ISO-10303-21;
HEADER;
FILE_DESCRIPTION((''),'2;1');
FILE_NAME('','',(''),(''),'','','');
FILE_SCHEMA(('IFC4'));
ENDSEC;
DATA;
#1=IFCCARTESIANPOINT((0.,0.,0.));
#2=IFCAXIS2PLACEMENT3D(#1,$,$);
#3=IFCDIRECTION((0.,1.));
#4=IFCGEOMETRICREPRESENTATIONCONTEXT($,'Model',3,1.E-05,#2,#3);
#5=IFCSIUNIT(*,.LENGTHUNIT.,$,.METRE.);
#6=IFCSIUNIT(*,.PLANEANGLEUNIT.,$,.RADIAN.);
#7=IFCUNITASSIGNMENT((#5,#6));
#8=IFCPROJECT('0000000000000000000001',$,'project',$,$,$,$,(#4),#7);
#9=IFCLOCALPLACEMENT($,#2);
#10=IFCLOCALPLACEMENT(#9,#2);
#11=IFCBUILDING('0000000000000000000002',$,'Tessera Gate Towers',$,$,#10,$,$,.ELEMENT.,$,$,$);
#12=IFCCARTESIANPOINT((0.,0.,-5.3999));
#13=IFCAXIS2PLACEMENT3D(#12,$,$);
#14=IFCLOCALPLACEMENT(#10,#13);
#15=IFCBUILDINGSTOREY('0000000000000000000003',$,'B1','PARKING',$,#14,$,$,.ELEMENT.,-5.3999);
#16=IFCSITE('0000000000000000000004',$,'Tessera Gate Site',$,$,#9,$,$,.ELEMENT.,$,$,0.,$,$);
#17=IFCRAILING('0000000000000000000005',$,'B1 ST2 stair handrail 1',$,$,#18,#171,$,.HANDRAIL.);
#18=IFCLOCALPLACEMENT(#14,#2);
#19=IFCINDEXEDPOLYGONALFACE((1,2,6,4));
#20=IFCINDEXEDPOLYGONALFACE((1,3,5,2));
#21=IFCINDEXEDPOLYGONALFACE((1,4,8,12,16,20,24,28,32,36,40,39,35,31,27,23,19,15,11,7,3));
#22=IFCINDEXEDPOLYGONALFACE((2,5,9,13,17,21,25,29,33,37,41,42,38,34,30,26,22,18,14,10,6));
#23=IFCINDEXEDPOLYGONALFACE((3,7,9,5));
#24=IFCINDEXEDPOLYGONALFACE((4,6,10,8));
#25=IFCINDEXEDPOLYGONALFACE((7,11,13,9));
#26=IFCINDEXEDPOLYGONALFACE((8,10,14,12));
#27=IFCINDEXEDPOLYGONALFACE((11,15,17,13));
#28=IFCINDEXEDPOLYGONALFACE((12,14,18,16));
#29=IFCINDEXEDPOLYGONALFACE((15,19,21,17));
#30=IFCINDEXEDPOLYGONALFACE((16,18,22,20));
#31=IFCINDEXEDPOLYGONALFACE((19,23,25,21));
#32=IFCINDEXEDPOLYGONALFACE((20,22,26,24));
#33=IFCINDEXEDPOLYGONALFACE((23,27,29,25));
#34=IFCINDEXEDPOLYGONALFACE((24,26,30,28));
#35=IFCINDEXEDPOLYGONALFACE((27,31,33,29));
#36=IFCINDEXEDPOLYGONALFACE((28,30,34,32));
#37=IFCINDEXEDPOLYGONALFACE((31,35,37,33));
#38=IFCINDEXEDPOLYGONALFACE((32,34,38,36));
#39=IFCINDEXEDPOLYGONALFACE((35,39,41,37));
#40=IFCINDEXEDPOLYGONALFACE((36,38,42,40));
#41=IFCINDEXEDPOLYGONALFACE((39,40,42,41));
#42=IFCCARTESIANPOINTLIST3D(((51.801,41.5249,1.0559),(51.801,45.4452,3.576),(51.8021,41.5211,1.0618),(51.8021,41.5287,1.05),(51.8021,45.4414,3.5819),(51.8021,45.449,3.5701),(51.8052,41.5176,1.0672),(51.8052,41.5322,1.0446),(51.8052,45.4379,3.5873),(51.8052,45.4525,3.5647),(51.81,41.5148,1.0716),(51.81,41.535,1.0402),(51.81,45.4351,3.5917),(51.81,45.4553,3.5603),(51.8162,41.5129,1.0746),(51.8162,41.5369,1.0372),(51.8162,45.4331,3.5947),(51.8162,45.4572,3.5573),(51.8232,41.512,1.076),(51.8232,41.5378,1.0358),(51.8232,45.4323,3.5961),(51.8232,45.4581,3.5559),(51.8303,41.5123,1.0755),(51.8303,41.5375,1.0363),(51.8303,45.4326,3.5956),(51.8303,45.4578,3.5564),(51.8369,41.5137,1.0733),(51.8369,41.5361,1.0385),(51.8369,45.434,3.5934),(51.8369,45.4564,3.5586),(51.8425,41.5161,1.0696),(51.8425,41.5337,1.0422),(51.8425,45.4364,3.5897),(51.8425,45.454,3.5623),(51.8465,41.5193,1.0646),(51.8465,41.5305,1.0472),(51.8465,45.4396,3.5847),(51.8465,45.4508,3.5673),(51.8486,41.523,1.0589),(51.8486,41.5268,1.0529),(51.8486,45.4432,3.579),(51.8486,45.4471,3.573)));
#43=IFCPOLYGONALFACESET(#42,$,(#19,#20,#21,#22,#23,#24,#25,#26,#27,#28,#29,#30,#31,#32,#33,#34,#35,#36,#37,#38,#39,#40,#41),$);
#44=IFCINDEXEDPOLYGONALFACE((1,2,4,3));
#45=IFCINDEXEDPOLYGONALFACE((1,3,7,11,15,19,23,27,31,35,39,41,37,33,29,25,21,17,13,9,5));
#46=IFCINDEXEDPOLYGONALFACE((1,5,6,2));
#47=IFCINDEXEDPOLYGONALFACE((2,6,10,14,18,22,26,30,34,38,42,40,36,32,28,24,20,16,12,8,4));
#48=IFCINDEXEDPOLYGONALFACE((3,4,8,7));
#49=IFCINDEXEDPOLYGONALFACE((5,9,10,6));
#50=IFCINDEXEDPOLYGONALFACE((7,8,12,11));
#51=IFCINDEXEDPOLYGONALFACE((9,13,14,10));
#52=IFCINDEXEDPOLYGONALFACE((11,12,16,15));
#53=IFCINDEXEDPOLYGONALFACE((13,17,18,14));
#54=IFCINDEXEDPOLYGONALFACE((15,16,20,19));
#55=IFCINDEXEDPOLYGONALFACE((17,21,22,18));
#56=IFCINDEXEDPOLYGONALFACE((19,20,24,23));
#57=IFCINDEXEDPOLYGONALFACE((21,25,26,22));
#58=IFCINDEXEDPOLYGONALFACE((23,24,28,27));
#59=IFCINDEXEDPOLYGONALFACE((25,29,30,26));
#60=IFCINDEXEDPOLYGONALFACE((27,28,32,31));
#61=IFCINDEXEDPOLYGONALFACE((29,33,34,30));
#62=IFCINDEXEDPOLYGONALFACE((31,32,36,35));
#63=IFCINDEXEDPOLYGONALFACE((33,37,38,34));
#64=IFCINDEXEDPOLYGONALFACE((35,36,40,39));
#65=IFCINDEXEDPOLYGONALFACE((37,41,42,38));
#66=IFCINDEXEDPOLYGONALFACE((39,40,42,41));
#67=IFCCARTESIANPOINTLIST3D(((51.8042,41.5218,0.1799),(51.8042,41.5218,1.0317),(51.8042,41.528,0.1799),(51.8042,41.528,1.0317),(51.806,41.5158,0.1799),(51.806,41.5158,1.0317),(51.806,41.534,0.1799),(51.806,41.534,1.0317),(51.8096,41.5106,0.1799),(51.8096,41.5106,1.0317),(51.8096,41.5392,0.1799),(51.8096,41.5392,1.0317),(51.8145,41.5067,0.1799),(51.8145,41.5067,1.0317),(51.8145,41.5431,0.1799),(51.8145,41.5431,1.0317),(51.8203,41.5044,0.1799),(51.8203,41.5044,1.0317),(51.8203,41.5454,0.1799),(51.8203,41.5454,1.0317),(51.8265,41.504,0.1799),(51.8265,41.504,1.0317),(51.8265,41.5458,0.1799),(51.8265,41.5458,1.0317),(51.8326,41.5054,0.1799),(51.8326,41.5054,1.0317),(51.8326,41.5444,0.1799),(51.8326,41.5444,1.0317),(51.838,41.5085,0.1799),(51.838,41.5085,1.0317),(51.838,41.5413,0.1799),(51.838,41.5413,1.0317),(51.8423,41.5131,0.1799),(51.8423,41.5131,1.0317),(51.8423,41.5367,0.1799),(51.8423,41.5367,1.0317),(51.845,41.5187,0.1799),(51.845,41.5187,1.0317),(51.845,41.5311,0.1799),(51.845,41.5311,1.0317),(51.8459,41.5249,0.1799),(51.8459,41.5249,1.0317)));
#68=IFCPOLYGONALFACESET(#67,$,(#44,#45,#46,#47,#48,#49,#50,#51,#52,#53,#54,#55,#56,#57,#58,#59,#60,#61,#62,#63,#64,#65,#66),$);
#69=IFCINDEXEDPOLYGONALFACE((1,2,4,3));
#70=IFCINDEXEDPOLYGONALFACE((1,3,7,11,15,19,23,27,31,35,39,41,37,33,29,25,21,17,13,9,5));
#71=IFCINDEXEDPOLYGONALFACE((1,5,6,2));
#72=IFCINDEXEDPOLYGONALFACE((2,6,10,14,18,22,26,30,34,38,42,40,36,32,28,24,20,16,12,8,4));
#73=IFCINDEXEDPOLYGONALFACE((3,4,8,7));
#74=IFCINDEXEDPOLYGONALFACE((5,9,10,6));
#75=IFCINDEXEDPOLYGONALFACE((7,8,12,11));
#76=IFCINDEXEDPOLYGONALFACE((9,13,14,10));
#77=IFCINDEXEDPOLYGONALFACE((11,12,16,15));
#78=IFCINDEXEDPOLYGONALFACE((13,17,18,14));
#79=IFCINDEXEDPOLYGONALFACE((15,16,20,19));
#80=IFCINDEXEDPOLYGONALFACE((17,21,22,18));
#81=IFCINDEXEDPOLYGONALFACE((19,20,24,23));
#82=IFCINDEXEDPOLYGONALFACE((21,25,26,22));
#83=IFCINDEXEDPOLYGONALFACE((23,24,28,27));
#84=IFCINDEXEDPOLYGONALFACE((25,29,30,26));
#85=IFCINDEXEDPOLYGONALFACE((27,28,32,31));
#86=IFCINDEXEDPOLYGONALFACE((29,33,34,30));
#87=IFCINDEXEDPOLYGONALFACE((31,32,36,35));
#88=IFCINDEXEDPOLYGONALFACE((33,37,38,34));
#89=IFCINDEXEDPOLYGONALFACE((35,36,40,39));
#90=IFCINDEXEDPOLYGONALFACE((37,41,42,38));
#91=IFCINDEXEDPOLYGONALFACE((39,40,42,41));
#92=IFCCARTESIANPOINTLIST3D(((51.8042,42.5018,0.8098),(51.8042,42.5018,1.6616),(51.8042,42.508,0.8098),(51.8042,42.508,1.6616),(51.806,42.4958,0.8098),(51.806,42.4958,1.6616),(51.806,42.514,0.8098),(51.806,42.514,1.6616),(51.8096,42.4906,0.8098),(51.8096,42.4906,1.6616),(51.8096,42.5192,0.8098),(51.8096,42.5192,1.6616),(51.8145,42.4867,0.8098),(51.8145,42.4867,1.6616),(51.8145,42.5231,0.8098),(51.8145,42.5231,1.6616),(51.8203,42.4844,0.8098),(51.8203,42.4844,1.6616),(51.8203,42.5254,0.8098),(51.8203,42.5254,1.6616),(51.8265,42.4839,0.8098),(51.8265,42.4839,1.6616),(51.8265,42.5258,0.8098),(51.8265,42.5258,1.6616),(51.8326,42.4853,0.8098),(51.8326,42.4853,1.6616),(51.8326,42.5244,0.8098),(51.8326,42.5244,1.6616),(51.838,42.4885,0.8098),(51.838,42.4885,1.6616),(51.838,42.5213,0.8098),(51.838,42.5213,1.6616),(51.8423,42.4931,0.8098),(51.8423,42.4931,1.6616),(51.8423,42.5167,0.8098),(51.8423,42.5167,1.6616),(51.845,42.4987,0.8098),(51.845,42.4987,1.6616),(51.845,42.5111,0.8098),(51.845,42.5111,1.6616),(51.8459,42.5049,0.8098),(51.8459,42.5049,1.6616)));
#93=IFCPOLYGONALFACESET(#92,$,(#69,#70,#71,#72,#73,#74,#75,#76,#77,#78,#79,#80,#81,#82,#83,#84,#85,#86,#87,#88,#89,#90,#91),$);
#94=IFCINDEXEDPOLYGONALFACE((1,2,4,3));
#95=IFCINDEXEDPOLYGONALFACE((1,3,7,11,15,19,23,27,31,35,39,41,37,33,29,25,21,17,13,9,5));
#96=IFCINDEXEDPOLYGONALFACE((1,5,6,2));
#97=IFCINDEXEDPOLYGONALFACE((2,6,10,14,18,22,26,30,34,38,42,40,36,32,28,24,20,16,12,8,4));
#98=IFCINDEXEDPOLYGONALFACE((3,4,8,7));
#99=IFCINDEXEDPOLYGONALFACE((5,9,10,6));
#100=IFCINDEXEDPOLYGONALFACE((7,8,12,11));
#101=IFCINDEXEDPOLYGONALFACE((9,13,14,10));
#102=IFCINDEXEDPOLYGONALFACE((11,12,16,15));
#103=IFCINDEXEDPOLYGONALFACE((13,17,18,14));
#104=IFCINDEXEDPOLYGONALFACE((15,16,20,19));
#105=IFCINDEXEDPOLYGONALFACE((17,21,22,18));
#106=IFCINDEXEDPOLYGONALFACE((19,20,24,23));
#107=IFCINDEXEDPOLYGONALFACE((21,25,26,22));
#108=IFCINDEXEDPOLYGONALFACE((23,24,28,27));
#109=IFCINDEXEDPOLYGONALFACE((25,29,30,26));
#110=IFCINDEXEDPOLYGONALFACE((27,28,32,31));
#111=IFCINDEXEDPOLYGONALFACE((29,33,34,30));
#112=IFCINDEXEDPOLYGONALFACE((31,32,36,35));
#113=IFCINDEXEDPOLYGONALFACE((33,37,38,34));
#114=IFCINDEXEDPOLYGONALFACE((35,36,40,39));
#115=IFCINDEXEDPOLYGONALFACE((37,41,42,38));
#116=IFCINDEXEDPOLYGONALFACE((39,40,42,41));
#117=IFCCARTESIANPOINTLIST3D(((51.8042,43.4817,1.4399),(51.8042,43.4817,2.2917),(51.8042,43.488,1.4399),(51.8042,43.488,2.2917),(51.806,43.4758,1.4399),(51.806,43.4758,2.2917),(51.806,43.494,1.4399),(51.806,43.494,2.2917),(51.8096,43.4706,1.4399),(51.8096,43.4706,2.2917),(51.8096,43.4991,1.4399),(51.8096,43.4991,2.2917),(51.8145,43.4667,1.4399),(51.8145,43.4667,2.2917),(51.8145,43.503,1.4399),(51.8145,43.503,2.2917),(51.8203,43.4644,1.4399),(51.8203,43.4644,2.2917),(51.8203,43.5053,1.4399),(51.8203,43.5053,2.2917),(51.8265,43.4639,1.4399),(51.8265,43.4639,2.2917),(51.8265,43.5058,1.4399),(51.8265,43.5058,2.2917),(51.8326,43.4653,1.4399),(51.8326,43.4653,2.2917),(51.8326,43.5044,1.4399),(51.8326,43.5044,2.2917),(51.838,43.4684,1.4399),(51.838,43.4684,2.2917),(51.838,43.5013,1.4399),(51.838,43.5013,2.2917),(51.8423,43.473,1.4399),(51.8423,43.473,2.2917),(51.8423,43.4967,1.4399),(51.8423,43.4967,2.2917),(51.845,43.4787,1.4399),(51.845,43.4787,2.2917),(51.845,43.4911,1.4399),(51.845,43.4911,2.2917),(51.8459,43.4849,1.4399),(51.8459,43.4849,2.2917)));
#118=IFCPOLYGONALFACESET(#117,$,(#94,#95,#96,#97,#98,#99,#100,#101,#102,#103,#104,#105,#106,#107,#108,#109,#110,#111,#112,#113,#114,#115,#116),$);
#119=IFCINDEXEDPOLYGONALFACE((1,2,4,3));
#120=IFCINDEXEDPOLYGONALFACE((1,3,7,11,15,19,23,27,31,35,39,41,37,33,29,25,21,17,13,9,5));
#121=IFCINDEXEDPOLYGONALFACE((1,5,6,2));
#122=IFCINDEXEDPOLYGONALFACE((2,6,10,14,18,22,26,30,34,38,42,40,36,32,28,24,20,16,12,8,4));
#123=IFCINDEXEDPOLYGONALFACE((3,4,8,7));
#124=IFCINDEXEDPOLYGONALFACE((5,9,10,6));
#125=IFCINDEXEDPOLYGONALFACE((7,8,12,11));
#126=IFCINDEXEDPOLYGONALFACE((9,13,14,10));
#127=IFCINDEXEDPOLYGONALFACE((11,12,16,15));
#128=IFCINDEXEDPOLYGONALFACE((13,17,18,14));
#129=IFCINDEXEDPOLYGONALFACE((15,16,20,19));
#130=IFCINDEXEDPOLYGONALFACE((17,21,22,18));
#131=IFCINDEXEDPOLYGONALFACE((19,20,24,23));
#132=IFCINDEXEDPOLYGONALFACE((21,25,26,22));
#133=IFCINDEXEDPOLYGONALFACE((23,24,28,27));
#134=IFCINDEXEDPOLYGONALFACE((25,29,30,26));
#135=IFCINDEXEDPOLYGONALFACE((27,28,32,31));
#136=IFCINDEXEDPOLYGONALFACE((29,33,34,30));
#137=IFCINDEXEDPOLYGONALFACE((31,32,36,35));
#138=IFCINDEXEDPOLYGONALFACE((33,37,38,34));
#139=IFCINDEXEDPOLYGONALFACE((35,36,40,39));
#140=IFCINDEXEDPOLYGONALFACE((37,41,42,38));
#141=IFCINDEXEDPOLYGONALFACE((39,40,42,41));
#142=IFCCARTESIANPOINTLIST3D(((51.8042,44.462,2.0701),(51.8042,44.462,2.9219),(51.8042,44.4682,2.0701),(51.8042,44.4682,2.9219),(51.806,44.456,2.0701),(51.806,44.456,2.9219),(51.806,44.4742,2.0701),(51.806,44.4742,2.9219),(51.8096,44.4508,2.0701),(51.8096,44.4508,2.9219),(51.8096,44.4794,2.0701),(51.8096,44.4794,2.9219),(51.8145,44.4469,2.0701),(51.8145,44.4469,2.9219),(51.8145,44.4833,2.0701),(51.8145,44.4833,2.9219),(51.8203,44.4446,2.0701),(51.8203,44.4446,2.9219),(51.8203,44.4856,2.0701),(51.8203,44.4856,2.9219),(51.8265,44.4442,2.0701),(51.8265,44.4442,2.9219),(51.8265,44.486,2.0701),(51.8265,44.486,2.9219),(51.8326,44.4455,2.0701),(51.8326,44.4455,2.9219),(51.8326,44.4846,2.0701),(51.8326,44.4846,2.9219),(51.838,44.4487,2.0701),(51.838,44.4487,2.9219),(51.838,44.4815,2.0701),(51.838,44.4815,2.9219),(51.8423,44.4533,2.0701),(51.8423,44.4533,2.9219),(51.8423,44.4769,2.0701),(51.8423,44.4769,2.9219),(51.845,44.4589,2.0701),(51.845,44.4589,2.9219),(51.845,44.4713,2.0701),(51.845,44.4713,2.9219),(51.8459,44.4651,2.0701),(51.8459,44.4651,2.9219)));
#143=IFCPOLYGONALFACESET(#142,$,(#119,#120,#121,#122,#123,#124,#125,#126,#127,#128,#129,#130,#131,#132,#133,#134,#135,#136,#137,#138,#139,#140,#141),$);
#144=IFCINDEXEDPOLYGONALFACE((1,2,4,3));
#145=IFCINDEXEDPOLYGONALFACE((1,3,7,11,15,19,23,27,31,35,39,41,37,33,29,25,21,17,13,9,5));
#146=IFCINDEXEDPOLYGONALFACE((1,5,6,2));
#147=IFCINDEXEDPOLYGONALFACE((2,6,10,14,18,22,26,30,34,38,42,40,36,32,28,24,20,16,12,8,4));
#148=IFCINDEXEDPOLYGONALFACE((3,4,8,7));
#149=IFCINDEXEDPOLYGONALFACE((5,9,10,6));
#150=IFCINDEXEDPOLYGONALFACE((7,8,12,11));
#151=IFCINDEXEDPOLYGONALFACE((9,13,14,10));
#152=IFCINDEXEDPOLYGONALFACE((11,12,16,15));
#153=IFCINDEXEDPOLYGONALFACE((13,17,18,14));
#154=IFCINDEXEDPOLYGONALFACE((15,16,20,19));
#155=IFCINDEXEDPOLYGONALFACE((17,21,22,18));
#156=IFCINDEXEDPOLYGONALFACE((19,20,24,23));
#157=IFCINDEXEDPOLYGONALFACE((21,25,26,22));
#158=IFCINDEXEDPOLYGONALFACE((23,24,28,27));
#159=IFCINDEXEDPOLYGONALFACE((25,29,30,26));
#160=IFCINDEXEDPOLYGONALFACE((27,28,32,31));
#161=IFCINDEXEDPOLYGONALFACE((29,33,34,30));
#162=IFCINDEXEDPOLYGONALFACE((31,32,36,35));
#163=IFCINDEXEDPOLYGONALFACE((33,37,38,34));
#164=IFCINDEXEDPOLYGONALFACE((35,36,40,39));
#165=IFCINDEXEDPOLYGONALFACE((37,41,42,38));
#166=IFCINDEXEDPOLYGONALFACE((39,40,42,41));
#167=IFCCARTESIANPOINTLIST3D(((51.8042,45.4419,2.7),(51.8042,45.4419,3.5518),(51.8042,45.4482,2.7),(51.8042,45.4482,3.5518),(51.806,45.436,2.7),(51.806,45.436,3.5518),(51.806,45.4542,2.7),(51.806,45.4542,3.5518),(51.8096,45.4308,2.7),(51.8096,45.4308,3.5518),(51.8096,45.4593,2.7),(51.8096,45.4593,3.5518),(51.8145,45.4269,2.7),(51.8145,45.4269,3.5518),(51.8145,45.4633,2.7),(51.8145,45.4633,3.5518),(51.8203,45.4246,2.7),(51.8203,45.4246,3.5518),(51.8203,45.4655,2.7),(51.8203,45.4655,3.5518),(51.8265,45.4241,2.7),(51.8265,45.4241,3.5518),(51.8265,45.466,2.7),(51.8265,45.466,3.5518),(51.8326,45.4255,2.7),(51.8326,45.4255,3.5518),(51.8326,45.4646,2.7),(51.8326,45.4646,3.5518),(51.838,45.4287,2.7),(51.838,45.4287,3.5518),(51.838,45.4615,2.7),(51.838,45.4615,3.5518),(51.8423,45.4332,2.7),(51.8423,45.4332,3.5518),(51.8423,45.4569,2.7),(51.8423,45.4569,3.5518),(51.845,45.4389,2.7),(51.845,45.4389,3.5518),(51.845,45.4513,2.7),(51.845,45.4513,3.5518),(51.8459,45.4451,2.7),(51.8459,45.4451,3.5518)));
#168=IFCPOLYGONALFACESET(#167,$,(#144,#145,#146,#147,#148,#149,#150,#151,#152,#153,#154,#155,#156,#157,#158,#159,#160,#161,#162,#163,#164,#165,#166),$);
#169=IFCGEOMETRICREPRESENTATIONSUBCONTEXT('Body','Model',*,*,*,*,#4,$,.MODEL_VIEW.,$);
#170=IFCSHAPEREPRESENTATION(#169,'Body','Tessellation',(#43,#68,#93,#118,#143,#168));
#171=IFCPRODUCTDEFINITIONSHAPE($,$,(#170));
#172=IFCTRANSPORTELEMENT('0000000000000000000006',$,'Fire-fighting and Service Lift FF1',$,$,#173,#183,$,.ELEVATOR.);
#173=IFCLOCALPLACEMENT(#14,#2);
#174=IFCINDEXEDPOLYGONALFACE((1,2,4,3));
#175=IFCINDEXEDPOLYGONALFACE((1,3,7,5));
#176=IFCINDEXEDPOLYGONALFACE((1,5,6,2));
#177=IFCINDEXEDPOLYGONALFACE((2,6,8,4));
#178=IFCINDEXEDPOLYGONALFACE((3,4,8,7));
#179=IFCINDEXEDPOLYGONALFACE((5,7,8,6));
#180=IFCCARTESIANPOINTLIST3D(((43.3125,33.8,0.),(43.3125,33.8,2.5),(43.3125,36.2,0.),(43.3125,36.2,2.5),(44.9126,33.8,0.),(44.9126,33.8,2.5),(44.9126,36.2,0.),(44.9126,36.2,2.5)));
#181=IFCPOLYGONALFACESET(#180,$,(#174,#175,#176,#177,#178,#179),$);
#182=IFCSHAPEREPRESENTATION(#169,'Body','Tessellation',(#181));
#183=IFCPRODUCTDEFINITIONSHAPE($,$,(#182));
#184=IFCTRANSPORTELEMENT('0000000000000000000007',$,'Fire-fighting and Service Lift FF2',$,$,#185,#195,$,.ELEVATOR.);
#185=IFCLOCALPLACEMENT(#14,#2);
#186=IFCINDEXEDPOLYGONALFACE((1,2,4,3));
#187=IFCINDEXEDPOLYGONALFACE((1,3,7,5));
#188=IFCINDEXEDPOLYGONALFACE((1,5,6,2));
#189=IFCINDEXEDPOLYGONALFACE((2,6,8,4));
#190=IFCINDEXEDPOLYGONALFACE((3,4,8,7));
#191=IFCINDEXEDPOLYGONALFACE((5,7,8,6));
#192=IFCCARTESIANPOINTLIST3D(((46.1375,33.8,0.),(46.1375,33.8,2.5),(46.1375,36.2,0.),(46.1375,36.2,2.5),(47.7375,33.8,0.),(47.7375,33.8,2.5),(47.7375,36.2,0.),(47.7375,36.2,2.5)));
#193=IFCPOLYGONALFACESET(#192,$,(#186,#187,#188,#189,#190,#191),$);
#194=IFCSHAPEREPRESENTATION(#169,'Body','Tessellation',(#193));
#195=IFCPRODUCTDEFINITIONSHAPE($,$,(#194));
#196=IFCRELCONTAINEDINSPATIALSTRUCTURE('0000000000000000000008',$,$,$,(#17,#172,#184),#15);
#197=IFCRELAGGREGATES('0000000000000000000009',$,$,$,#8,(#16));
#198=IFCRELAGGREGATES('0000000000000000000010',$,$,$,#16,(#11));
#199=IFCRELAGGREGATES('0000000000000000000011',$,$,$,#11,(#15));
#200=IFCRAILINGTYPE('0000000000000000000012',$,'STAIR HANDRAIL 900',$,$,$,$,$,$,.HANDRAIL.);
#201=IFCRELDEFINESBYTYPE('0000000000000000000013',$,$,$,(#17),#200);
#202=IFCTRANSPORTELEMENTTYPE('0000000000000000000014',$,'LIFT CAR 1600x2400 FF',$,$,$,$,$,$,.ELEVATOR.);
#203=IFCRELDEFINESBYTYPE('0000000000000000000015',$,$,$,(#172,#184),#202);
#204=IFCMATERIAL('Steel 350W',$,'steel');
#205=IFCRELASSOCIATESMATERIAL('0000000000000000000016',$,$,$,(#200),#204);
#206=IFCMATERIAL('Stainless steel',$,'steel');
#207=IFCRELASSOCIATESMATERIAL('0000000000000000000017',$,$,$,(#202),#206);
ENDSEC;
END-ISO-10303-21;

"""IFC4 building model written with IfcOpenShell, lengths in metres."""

from ifc_helpers import new_model, si_unit, direction, frame, origin, origin_2d, place, context, subcontext, project, spatial, rectangle, circle, extrude, material, type_object, element, save


model = new_model("IFC4")

# Units and contexts
model_context = context("Model", 3, precision=1e-05, world=origin(), true_north=direction((0.0, 1.0)))
body_context = subcontext(model_context, "Body", "Model", "MODEL_VIEW")
ifc_project = project(units=[si_unit("LENGTHUNIT", "METRE"), si_unit("PLANEANGLEUNIT", "RADIAN")], contexts=[model_context])

# Site, building, storey
site_placement = place(None, origin())
site = spatial("IfcSite", under=ifc_project, at=site_placement, Name="Tessera Gate Site", CompositionType="ELEMENT", RefElevation=0.0)
building_placement = place(site_placement, origin())
building = spatial("IfcBuilding", under=site, at=building_placement, Name="Tessera Gate Towers", CompositionType="ELEMENT")
storey_placement = place(building_placement, frame((0.0, 0.0, -5.3999)))
storey = spatial("IfcBuildingStorey", under=building, at=storey_placement, Name="B1", Description="PARKING", CompositionType="ELEMENT", Elevation=-5.3999)

# Railing
ifc_material_1 = material(Name="Steel 350W", Category="steel")
railing_type_1 = type_object("IfcRailingType", Name="STAIR HANDRAIL 900", PredefinedType="HANDRAIL", material=ifc_material_1)
railing_1_placement = place(storey_placement, frame((51.825, 41.5249, 0.1799)))
element("IfcRailing", 1, at=railing_1_placement, inside=storey, type_object=railing_type_1, Name="B1 ST2 stair handrail 1", PredefinedType="HANDRAIL", context=body_context, shape_type="SweptSolid", body=[
    extrude(circle(Radius=0.0239, at=origin_2d()), frame((0.0, 0.0, 0.876), z_axis=(0.0, 0.841187, 0.540744), x_axis=(-1.0, 0.0, 0.0)), (0.0, 0.0, 1.0), 4.6604),
    extrude(circle(Radius=0.021, at=origin_2d()), origin(), (0.0, 0.0, 1.0), 0.8518),
    extrude(circle(Radius=0.021, at=origin_2d()), frame((0.0, 0.98, 0.6299)), (0.0, 0.0, 1.0), 0.8518),
    extrude(circle(Radius=0.021, at=origin_2d()), frame((0.0, 1.96, 1.26)), (0.0, 0.0, 1.0), 0.8518),
    extrude(circle(Radius=0.021, at=origin_2d()), frame((0.0, 2.9402, 1.8901)), (0.0, 0.0, 1.0), 0.8518),
    extrude(circle(Radius=0.021, at=origin_2d()), frame((0.0, 3.9202, 2.52)), (0.0, 0.0, 1.0), 0.8518),
])

# Transport elements
ifc_material_2 = material(Name="Stainless steel", Category="steel")
transport_element_type = type_object("IfcTransportElementType", Name="LIFT CAR 1600x2400 FF", PredefinedType="ELEVATOR", material=ifc_material_2)
for number, where, z_axis, x_axis, name in (
    (2, (44.1125, 35.0, 0.0), (0.0, 0.0, 1.0), (1.0, 0.0, 0.0), "Fire-fighting and Service Lift FF1"),
    (3, (46.9375, 35.0, 0.0), (0.0, 0.0, 1.0), (1.0, 0.0, 0.0), "Fire-fighting and Service Lift FF2"),
):
    element("IfcTransportElement", number, at=place(storey_placement, frame(where, z_axis=z_axis, x_axis=x_axis)), inside=storey, type_object=transport_element_type, Name=name, PredefinedType="ELEVATOR", context=body_context, shape_type="SweptSolid", body=[
        extrude(rectangle(XDim=1.6001, YDim=2.3999, at=origin_2d()), origin(), (0.0, 0.0, 1.0), 2.5),
    ])

save(model, "model.ifc")
